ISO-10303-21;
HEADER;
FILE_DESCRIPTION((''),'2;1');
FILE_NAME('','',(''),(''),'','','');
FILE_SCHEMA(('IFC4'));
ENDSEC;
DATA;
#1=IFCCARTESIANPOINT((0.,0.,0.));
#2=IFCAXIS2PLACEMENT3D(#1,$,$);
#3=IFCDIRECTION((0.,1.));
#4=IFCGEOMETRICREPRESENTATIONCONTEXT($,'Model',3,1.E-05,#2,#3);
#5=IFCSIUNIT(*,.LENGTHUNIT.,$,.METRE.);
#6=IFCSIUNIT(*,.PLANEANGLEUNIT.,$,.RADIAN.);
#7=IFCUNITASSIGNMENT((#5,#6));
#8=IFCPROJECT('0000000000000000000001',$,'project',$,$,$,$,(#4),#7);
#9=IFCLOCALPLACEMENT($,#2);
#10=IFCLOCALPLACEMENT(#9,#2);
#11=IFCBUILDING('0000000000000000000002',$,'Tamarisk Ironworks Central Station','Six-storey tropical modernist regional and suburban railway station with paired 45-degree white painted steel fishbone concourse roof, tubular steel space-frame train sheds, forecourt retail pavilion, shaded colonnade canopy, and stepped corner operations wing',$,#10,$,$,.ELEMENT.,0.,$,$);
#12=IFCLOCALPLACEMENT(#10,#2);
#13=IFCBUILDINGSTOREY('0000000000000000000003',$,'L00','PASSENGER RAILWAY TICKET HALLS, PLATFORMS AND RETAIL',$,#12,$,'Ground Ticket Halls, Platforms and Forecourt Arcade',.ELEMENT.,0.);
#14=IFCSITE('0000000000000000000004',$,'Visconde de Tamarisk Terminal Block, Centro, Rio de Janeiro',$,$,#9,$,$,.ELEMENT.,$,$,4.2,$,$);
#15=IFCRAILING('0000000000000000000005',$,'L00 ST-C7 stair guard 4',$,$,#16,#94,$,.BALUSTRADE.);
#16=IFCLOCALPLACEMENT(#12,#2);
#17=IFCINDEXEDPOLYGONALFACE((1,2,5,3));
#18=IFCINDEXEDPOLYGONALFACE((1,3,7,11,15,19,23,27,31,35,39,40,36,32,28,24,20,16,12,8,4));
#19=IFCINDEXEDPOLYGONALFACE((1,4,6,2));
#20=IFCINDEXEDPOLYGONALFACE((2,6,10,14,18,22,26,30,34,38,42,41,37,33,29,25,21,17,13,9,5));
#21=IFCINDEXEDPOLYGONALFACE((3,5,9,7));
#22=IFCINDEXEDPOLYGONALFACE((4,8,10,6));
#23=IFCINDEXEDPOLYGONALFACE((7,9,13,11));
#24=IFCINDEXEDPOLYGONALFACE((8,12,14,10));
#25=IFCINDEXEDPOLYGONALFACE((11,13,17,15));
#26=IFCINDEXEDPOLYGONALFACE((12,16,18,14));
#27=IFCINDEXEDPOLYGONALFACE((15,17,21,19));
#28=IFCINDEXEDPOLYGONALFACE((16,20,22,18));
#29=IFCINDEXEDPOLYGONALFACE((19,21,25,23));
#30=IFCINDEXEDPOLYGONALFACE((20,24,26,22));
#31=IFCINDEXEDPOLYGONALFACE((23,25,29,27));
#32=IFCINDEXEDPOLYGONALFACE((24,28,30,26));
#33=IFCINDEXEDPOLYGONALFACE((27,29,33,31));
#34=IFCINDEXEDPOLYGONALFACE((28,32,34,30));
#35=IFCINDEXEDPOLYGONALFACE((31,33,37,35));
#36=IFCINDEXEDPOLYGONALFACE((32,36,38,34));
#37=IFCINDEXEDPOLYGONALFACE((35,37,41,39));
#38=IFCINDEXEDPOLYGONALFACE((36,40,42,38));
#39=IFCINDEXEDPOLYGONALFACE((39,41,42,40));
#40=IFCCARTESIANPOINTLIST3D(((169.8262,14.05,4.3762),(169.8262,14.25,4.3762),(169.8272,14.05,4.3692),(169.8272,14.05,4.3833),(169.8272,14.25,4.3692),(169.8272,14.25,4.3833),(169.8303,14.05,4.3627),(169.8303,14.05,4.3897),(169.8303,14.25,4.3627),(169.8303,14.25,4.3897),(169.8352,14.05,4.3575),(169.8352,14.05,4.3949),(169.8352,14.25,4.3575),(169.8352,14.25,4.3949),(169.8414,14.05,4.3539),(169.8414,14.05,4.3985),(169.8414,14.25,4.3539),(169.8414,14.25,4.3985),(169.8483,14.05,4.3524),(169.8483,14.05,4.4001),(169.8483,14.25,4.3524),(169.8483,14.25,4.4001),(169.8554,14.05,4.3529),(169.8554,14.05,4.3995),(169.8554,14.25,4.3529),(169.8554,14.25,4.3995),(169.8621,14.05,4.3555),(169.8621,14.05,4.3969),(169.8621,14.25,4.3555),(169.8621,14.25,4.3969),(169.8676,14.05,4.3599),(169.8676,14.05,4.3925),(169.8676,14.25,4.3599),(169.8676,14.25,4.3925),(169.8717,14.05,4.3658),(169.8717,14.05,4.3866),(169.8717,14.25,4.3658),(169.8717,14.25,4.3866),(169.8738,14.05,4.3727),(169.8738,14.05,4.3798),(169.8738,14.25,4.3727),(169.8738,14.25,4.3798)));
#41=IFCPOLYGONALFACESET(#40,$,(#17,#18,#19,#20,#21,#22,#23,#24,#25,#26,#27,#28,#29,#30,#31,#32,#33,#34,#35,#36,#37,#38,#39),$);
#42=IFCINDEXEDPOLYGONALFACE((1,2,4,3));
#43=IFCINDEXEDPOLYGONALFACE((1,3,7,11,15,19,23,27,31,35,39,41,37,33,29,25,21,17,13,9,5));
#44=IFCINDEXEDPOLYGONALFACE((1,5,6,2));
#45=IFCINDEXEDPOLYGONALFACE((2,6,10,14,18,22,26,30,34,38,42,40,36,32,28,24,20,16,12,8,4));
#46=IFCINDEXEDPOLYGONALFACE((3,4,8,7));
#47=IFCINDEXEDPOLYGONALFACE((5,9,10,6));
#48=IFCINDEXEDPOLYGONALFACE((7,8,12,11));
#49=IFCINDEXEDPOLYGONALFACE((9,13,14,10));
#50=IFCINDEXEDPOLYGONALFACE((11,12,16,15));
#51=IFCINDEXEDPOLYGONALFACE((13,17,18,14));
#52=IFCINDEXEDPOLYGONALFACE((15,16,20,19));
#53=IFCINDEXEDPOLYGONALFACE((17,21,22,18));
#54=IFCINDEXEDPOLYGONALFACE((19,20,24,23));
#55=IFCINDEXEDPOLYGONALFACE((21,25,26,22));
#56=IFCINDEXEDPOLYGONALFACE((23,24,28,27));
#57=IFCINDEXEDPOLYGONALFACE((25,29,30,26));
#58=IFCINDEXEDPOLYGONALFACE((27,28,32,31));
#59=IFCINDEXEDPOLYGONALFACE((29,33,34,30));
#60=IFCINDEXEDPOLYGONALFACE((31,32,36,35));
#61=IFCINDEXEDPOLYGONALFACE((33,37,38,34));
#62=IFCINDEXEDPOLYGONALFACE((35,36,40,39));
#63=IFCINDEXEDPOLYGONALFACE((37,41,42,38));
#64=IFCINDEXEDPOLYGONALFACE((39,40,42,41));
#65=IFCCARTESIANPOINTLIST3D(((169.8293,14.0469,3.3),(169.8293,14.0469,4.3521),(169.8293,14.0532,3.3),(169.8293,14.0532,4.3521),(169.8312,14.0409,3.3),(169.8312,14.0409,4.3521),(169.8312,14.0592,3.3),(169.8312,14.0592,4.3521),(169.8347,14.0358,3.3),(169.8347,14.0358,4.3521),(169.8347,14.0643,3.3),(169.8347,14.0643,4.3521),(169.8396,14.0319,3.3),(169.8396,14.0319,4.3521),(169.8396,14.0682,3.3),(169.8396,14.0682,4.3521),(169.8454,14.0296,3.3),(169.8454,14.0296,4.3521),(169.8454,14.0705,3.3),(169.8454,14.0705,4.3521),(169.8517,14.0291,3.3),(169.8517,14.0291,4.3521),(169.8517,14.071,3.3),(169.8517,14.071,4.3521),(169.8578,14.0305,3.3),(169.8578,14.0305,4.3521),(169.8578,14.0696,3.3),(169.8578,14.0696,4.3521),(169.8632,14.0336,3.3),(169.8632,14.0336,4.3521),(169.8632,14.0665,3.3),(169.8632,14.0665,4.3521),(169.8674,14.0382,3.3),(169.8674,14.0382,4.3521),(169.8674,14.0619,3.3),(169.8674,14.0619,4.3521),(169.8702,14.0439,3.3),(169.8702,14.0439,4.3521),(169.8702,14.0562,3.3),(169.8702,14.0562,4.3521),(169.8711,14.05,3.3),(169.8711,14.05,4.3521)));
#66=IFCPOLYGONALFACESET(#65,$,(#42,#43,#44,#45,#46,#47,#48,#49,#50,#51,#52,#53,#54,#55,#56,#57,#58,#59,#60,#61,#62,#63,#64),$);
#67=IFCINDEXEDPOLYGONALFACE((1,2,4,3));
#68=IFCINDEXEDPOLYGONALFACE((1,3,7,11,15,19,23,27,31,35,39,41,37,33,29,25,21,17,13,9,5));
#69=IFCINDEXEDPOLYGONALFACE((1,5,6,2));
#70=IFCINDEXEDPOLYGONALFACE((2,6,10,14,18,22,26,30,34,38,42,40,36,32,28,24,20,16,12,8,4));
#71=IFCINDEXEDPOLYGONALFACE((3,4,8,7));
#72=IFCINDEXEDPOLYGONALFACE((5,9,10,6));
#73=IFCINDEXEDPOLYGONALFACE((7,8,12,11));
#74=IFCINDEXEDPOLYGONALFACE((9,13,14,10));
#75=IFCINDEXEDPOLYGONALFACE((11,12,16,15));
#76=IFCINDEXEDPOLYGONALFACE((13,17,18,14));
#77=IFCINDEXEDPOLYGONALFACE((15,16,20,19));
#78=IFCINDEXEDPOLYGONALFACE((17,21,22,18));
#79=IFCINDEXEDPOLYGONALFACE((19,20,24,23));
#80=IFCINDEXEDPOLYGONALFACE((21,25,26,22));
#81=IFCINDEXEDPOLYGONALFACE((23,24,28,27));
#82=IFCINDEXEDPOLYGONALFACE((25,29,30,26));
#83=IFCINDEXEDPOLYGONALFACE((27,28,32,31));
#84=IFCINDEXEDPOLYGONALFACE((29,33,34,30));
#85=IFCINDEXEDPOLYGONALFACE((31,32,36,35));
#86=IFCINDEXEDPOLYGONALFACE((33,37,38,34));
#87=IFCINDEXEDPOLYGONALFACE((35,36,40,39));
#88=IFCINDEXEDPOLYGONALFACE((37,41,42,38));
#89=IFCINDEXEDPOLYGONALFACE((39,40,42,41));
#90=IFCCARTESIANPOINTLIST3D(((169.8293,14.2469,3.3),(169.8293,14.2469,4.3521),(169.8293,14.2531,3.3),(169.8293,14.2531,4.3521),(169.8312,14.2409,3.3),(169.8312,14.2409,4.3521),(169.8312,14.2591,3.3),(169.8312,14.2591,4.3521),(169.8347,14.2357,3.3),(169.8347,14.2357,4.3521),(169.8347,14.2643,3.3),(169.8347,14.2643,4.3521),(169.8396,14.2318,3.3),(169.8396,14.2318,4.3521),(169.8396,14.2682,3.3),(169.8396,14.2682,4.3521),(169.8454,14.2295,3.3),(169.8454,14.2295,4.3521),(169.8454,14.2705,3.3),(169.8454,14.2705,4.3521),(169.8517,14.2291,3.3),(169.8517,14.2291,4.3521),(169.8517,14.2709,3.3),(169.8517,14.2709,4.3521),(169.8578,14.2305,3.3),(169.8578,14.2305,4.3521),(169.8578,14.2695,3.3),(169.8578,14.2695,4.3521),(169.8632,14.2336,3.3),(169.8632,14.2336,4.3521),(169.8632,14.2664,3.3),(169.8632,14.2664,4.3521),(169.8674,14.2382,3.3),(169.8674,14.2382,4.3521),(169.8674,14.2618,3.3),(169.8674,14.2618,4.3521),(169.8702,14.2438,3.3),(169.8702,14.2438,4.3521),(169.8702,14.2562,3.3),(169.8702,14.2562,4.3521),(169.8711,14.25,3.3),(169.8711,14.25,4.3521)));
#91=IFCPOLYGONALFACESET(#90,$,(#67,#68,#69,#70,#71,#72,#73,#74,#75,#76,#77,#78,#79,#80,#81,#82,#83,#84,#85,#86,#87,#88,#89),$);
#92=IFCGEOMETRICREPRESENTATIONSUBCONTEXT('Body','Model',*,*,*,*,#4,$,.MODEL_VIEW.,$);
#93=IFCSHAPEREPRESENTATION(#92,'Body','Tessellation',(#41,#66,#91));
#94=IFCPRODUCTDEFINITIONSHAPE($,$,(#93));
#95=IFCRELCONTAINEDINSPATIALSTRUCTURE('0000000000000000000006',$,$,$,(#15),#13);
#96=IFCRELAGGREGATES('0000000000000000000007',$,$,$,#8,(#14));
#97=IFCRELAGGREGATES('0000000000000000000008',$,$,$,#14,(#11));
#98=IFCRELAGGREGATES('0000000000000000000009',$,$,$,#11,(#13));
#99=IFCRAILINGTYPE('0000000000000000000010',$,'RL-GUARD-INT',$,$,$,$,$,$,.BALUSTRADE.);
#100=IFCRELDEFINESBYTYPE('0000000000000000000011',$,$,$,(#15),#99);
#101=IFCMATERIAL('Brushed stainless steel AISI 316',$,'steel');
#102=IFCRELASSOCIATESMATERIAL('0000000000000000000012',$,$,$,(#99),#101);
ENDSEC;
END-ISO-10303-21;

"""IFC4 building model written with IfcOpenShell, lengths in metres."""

from ifc_helpers import new_model, si_unit, direction, frame, origin, origin_2d, place, context, subcontext, project, spatial, circle, extrude, material, type_object, element, save


model = new_model("IFC4")

# Units and contexts
model_context = context("Model", 3, precision=1e-05, world=origin(), true_north=direction((0.0, 1.0)))
body_context = subcontext(model_context, "Body", "Model", "MODEL_VIEW")
ifc_project = project(units=[si_unit("LENGTHUNIT", "METRE"), si_unit("PLANEANGLEUNIT", "RADIAN")], contexts=[model_context])

# Site, building, storey
site_placement = place(None, origin())
site = spatial("IfcSite", under=ifc_project, at=site_placement, Name="Visconde de Tamarisk Terminal Block, Centro, Rio de Janeiro", CompositionType="ELEMENT", RefElevation=4.2)
building_placement = place(site_placement, origin())
building = spatial("IfcBuilding", under=site, at=building_placement, Name="Tamarisk Ironworks Central Station", Description="Six-storey tropical modernist regional and suburban railway station with paired 45-degree white painted steel fishbone concourse roof, tubular steel space-frame train sheds, forecourt retail pavilion, shaded colonnade canopy, and stepped corner operations wing", CompositionType="ELEMENT", ElevationOfRefHeight=0.0)
storey_placement = place(building_placement, origin())
storey = spatial("IfcBuildingStorey", under=building, at=storey_placement, Name="L00", Description="PASSENGER RAILWAY TICKET HALLS, PLATFORMS AND RETAIL", LongName="Ground Ticket Halls, Platforms and Forecourt Arcade", CompositionType="ELEMENT", Elevation=0.0)

# Railing
ifc_material_1 = material(Name="Brushed stainless steel AISI 316", Category="steel")
railing_type_1 = type_object("IfcRailingType", Name="RL-GUARD-INT", PredefinedType="BALUSTRADE", material=ifc_material_1)
railing_1_placement = place(storey_placement, frame((169.8501, 14.05, 3.3)))
element("IfcRailing", 1, at=railing_1_placement, inside=storey, type_object=railing_type_1, Name="L00 ST-C7 stair guard 4", PredefinedType="BALUSTRADE", context=body_context, shape_type="SweptSolid", body=[
    extrude(circle(Radius=0.0239, at=origin_2d()), frame((0.0, 0.0, 1.0762), z_axis=(0.0, 1.0, 0.0), x_axis=(-1.0, 0.0, 0.0)), (0.0, 0.0, 1.0), 0.2),
    extrude(circle(Radius=0.021, at=origin_2d()), origin(), (0.0, 0.0, 1.0), 1.052),
    extrude(circle(Radius=0.021, at=origin_2d()), frame((0.0, 0.2, 0.0)), (0.0, 0.0, 1.0), 1.052),
])

save(model, "model.ifc")
